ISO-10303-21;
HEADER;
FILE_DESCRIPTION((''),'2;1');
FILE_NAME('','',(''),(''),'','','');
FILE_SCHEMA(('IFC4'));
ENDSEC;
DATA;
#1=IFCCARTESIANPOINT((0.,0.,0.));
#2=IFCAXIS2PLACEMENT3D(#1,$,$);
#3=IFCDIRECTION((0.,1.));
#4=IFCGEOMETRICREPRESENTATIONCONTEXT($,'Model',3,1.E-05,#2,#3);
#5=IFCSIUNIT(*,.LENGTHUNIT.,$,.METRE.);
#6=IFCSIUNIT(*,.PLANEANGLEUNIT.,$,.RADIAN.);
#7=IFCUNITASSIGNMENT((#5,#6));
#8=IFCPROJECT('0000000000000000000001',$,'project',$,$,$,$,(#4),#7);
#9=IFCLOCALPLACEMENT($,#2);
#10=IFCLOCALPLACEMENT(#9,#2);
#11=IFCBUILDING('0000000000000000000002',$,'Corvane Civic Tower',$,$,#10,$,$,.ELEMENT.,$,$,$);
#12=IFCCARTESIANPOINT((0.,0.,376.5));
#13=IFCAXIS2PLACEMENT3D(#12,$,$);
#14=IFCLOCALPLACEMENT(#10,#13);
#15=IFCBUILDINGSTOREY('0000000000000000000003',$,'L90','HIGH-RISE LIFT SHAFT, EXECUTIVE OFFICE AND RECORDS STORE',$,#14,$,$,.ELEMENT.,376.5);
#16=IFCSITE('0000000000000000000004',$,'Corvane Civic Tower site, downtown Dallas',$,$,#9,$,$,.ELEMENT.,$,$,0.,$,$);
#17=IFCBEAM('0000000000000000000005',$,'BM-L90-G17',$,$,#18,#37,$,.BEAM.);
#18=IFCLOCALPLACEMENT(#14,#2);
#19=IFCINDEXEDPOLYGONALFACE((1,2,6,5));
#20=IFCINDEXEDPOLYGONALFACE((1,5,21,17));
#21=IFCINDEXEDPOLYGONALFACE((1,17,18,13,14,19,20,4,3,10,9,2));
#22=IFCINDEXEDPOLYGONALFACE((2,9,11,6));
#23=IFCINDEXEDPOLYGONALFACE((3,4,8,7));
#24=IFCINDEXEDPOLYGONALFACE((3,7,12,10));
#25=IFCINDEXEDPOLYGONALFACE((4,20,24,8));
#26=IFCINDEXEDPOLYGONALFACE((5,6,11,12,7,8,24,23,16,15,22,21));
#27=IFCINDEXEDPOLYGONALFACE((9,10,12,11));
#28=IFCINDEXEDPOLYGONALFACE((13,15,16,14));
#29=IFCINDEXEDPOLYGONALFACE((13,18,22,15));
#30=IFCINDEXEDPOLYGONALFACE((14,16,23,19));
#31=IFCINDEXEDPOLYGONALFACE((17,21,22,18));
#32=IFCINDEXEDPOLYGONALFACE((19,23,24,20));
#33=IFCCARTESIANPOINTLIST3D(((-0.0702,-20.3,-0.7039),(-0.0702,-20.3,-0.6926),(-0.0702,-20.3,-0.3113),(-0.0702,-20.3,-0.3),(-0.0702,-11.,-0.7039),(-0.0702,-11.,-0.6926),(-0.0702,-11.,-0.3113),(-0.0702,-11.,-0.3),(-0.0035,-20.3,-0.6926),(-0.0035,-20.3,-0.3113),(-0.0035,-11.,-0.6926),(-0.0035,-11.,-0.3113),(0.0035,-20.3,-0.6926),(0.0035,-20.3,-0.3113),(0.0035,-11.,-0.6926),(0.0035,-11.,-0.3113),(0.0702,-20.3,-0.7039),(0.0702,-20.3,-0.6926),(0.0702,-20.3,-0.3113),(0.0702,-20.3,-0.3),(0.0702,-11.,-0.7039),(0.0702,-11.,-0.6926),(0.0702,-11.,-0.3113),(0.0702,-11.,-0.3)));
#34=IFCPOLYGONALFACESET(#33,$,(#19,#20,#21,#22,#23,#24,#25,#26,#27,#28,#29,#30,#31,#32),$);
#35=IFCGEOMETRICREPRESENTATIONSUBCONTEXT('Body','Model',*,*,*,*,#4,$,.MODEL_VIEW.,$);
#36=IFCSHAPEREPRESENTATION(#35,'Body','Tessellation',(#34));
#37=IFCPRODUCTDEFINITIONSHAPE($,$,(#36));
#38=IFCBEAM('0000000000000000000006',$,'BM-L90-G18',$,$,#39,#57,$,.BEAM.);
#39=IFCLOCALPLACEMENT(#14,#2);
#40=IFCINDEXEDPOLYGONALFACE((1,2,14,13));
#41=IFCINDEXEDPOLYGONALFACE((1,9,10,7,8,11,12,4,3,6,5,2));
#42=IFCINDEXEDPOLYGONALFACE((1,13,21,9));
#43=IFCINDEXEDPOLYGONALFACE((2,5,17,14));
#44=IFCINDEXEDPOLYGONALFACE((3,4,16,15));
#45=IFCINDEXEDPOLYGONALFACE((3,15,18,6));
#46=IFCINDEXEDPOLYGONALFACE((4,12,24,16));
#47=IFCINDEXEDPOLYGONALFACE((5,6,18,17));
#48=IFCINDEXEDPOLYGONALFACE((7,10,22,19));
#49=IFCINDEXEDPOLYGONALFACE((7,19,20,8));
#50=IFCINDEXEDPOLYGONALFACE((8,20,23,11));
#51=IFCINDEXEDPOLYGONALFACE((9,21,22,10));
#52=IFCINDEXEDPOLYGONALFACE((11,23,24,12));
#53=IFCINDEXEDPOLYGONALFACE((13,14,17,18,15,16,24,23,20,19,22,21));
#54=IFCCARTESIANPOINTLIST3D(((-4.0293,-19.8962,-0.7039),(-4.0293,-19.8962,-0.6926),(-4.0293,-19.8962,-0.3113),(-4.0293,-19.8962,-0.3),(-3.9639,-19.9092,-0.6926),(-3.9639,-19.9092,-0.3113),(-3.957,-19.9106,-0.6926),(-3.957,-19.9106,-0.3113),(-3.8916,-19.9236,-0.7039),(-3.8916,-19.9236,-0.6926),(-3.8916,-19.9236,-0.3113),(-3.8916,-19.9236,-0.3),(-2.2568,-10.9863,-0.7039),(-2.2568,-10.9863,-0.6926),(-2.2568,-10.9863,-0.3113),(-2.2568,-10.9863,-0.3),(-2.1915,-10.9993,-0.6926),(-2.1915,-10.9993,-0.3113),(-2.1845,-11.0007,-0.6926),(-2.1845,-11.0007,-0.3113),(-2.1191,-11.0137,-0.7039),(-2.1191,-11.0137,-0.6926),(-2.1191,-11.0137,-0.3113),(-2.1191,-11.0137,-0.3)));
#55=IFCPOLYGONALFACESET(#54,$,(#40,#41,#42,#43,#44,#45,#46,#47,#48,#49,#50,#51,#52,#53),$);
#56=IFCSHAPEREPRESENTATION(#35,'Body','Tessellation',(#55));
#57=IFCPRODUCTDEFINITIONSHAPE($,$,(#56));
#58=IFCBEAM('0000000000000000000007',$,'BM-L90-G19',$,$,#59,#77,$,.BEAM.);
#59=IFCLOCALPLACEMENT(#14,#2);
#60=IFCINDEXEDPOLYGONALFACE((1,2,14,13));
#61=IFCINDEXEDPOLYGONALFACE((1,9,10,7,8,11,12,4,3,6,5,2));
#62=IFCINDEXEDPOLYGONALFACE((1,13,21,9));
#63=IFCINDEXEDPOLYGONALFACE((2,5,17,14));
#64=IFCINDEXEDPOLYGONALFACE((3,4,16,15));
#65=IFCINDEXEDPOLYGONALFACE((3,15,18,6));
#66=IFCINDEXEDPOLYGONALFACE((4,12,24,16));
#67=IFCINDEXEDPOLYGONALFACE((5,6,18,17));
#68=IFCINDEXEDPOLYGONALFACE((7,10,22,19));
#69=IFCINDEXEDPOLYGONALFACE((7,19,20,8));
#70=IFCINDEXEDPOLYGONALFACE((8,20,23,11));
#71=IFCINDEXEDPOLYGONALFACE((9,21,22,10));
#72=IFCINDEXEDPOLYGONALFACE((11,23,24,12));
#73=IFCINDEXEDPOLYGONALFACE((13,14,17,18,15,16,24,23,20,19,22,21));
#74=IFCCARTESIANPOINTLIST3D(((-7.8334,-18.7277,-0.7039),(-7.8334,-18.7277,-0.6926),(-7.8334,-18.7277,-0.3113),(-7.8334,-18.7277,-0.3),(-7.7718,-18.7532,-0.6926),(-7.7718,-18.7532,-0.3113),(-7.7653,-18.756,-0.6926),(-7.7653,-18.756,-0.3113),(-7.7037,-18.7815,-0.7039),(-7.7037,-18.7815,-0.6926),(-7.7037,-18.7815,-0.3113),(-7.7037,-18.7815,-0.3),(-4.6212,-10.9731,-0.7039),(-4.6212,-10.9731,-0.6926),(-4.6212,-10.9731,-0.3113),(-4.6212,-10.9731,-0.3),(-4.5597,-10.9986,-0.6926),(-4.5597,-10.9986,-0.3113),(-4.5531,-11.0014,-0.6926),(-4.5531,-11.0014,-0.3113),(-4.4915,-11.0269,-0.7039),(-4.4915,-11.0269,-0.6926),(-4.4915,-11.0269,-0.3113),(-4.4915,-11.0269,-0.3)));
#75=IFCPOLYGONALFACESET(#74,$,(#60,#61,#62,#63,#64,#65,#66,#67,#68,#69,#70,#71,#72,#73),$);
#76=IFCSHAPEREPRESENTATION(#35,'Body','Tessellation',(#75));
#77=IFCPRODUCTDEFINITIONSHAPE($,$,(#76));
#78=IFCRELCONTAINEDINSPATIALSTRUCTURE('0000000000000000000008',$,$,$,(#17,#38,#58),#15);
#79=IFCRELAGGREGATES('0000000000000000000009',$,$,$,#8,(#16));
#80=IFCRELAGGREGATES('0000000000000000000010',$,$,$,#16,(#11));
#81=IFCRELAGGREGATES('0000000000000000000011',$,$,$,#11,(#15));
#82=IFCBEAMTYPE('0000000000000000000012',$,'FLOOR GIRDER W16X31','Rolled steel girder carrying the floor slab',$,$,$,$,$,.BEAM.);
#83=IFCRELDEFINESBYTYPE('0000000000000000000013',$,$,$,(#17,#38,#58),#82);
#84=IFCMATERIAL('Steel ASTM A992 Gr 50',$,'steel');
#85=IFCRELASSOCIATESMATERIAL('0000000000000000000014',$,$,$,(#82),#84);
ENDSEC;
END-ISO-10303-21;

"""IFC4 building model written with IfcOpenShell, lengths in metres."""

from ifc_helpers import new_model, si_unit, direction, frame, origin, origin_2d, place, context, subcontext, project, spatial, i_section, extrude, material, material_profile, profile_set, type_object, element, save


model = new_model("IFC4")

# Units and contexts
model_context = context("Model", 3, precision=1e-05, world=origin(), true_north=direction((0.0, 1.0)))
body_context = subcontext(model_context, "Body", "Model", "MODEL_VIEW")
ifc_project = project(units=[si_unit("LENGTHUNIT", "METRE"), si_unit("PLANEANGLEUNIT", "RADIAN")], contexts=[model_context])

# Site, building, storey
site_placement = place(None, origin())
site = spatial("IfcSite", under=ifc_project, at=site_placement, Name="Corvane Civic Tower site, downtown Dallas", CompositionType="ELEMENT", RefElevation=0.0)
building_placement = place(site_placement, origin())
building = spatial("IfcBuilding", under=site, at=building_placement, Name="Corvane Civic Tower", CompositionType="ELEMENT")
storey_placement = place(building_placement, frame((0.0, 0.0, 376.5)))
storey = spatial("IfcBuildingStorey", under=building, at=storey_placement, Name="L90", Description="HIGH-RISE LIFT SHAFT, EXECUTIVE OFFICE AND RECORDS STORE", CompositionType="ELEMENT", Elevation=376.5)

# Beams
ifc_material_1 = material(Name="Steel ASTM A992 Gr 50", Category="steel")
ifc_material_profile = material_profile(ifc_material_1, i_section(OverallWidth=0.1404, OverallDepth=0.4038, WebThickness=0.0071, FlangeThickness=0.0112, at=origin_2d()), Name="W16X31")
ifc_profile_set = profile_set([ifc_material_profile], Name="Steel ASTM A992 Gr 50")
beam_type = type_object("IfcBeamType", Name="FLOOR GIRDER W16X31", Description="Rolled steel girder carrying the floor slab", PredefinedType="BEAM", material=ifc_profile_set)
beam_1_placement = place(storey_placement, frame((0.0, -11.0, -0.502), z_axis=(0.0, -1.0, 0.0), x_axis=(1.0, 0.0, 0.0)))
element("IfcBeam", 1, at=beam_1_placement, inside=storey, type_object=beam_type, Name="BM-L90-G17", PredefinedType="BEAM", context=body_context, shape_type="SweptSolid", body=[
    extrude(i_section(OverallWidth=0.1404, OverallDepth=0.4038, WebThickness=0.0071, FlangeThickness=0.0112, at=origin_2d()), origin(), (0.0, 0.0, 1.0), 9.3),
])
beam_2_placement = place(storey_placement, frame((-2.188, -11.0, -0.502), z_axis=(-0.195108, -0.980782, 0.0), x_axis=(0.980782, -0.195108, 0.0)))
element("IfcBeam", 2, at=beam_2_placement, inside=storey, type_object=beam_type, Name="BM-L90-G18", PredefinedType="BEAM", context=body_context, shape_type="SweptSolid", body=[
    extrude(i_section(OverallWidth=0.1404, OverallDepth=0.4038, WebThickness=0.0071, FlangeThickness=0.0112, at=origin_2d()), origin(), (0.0, 0.0, 1.0), 9.0845),
])
beam_3_placement = place(storey_placement, frame((-4.5564, -11.0, -0.502), z_axis=(-0.382692, -0.923876, 0.0), x_axis=(0.923876, -0.382692, 0.0)))
element("IfcBeam", 3, at=beam_3_placement, inside=storey, type_object=beam_type, Name="BM-L90-G19", PredefinedType="BEAM", context=body_context, shape_type="SweptSolid", body=[
    extrude(i_section(OverallWidth=0.1404, OverallDepth=0.4038, WebThickness=0.0071, FlangeThickness=0.0112, at=origin_2d()), origin(), (0.0, 0.0, 1.0), 8.3936),
])

save(model, "model.ifc")
